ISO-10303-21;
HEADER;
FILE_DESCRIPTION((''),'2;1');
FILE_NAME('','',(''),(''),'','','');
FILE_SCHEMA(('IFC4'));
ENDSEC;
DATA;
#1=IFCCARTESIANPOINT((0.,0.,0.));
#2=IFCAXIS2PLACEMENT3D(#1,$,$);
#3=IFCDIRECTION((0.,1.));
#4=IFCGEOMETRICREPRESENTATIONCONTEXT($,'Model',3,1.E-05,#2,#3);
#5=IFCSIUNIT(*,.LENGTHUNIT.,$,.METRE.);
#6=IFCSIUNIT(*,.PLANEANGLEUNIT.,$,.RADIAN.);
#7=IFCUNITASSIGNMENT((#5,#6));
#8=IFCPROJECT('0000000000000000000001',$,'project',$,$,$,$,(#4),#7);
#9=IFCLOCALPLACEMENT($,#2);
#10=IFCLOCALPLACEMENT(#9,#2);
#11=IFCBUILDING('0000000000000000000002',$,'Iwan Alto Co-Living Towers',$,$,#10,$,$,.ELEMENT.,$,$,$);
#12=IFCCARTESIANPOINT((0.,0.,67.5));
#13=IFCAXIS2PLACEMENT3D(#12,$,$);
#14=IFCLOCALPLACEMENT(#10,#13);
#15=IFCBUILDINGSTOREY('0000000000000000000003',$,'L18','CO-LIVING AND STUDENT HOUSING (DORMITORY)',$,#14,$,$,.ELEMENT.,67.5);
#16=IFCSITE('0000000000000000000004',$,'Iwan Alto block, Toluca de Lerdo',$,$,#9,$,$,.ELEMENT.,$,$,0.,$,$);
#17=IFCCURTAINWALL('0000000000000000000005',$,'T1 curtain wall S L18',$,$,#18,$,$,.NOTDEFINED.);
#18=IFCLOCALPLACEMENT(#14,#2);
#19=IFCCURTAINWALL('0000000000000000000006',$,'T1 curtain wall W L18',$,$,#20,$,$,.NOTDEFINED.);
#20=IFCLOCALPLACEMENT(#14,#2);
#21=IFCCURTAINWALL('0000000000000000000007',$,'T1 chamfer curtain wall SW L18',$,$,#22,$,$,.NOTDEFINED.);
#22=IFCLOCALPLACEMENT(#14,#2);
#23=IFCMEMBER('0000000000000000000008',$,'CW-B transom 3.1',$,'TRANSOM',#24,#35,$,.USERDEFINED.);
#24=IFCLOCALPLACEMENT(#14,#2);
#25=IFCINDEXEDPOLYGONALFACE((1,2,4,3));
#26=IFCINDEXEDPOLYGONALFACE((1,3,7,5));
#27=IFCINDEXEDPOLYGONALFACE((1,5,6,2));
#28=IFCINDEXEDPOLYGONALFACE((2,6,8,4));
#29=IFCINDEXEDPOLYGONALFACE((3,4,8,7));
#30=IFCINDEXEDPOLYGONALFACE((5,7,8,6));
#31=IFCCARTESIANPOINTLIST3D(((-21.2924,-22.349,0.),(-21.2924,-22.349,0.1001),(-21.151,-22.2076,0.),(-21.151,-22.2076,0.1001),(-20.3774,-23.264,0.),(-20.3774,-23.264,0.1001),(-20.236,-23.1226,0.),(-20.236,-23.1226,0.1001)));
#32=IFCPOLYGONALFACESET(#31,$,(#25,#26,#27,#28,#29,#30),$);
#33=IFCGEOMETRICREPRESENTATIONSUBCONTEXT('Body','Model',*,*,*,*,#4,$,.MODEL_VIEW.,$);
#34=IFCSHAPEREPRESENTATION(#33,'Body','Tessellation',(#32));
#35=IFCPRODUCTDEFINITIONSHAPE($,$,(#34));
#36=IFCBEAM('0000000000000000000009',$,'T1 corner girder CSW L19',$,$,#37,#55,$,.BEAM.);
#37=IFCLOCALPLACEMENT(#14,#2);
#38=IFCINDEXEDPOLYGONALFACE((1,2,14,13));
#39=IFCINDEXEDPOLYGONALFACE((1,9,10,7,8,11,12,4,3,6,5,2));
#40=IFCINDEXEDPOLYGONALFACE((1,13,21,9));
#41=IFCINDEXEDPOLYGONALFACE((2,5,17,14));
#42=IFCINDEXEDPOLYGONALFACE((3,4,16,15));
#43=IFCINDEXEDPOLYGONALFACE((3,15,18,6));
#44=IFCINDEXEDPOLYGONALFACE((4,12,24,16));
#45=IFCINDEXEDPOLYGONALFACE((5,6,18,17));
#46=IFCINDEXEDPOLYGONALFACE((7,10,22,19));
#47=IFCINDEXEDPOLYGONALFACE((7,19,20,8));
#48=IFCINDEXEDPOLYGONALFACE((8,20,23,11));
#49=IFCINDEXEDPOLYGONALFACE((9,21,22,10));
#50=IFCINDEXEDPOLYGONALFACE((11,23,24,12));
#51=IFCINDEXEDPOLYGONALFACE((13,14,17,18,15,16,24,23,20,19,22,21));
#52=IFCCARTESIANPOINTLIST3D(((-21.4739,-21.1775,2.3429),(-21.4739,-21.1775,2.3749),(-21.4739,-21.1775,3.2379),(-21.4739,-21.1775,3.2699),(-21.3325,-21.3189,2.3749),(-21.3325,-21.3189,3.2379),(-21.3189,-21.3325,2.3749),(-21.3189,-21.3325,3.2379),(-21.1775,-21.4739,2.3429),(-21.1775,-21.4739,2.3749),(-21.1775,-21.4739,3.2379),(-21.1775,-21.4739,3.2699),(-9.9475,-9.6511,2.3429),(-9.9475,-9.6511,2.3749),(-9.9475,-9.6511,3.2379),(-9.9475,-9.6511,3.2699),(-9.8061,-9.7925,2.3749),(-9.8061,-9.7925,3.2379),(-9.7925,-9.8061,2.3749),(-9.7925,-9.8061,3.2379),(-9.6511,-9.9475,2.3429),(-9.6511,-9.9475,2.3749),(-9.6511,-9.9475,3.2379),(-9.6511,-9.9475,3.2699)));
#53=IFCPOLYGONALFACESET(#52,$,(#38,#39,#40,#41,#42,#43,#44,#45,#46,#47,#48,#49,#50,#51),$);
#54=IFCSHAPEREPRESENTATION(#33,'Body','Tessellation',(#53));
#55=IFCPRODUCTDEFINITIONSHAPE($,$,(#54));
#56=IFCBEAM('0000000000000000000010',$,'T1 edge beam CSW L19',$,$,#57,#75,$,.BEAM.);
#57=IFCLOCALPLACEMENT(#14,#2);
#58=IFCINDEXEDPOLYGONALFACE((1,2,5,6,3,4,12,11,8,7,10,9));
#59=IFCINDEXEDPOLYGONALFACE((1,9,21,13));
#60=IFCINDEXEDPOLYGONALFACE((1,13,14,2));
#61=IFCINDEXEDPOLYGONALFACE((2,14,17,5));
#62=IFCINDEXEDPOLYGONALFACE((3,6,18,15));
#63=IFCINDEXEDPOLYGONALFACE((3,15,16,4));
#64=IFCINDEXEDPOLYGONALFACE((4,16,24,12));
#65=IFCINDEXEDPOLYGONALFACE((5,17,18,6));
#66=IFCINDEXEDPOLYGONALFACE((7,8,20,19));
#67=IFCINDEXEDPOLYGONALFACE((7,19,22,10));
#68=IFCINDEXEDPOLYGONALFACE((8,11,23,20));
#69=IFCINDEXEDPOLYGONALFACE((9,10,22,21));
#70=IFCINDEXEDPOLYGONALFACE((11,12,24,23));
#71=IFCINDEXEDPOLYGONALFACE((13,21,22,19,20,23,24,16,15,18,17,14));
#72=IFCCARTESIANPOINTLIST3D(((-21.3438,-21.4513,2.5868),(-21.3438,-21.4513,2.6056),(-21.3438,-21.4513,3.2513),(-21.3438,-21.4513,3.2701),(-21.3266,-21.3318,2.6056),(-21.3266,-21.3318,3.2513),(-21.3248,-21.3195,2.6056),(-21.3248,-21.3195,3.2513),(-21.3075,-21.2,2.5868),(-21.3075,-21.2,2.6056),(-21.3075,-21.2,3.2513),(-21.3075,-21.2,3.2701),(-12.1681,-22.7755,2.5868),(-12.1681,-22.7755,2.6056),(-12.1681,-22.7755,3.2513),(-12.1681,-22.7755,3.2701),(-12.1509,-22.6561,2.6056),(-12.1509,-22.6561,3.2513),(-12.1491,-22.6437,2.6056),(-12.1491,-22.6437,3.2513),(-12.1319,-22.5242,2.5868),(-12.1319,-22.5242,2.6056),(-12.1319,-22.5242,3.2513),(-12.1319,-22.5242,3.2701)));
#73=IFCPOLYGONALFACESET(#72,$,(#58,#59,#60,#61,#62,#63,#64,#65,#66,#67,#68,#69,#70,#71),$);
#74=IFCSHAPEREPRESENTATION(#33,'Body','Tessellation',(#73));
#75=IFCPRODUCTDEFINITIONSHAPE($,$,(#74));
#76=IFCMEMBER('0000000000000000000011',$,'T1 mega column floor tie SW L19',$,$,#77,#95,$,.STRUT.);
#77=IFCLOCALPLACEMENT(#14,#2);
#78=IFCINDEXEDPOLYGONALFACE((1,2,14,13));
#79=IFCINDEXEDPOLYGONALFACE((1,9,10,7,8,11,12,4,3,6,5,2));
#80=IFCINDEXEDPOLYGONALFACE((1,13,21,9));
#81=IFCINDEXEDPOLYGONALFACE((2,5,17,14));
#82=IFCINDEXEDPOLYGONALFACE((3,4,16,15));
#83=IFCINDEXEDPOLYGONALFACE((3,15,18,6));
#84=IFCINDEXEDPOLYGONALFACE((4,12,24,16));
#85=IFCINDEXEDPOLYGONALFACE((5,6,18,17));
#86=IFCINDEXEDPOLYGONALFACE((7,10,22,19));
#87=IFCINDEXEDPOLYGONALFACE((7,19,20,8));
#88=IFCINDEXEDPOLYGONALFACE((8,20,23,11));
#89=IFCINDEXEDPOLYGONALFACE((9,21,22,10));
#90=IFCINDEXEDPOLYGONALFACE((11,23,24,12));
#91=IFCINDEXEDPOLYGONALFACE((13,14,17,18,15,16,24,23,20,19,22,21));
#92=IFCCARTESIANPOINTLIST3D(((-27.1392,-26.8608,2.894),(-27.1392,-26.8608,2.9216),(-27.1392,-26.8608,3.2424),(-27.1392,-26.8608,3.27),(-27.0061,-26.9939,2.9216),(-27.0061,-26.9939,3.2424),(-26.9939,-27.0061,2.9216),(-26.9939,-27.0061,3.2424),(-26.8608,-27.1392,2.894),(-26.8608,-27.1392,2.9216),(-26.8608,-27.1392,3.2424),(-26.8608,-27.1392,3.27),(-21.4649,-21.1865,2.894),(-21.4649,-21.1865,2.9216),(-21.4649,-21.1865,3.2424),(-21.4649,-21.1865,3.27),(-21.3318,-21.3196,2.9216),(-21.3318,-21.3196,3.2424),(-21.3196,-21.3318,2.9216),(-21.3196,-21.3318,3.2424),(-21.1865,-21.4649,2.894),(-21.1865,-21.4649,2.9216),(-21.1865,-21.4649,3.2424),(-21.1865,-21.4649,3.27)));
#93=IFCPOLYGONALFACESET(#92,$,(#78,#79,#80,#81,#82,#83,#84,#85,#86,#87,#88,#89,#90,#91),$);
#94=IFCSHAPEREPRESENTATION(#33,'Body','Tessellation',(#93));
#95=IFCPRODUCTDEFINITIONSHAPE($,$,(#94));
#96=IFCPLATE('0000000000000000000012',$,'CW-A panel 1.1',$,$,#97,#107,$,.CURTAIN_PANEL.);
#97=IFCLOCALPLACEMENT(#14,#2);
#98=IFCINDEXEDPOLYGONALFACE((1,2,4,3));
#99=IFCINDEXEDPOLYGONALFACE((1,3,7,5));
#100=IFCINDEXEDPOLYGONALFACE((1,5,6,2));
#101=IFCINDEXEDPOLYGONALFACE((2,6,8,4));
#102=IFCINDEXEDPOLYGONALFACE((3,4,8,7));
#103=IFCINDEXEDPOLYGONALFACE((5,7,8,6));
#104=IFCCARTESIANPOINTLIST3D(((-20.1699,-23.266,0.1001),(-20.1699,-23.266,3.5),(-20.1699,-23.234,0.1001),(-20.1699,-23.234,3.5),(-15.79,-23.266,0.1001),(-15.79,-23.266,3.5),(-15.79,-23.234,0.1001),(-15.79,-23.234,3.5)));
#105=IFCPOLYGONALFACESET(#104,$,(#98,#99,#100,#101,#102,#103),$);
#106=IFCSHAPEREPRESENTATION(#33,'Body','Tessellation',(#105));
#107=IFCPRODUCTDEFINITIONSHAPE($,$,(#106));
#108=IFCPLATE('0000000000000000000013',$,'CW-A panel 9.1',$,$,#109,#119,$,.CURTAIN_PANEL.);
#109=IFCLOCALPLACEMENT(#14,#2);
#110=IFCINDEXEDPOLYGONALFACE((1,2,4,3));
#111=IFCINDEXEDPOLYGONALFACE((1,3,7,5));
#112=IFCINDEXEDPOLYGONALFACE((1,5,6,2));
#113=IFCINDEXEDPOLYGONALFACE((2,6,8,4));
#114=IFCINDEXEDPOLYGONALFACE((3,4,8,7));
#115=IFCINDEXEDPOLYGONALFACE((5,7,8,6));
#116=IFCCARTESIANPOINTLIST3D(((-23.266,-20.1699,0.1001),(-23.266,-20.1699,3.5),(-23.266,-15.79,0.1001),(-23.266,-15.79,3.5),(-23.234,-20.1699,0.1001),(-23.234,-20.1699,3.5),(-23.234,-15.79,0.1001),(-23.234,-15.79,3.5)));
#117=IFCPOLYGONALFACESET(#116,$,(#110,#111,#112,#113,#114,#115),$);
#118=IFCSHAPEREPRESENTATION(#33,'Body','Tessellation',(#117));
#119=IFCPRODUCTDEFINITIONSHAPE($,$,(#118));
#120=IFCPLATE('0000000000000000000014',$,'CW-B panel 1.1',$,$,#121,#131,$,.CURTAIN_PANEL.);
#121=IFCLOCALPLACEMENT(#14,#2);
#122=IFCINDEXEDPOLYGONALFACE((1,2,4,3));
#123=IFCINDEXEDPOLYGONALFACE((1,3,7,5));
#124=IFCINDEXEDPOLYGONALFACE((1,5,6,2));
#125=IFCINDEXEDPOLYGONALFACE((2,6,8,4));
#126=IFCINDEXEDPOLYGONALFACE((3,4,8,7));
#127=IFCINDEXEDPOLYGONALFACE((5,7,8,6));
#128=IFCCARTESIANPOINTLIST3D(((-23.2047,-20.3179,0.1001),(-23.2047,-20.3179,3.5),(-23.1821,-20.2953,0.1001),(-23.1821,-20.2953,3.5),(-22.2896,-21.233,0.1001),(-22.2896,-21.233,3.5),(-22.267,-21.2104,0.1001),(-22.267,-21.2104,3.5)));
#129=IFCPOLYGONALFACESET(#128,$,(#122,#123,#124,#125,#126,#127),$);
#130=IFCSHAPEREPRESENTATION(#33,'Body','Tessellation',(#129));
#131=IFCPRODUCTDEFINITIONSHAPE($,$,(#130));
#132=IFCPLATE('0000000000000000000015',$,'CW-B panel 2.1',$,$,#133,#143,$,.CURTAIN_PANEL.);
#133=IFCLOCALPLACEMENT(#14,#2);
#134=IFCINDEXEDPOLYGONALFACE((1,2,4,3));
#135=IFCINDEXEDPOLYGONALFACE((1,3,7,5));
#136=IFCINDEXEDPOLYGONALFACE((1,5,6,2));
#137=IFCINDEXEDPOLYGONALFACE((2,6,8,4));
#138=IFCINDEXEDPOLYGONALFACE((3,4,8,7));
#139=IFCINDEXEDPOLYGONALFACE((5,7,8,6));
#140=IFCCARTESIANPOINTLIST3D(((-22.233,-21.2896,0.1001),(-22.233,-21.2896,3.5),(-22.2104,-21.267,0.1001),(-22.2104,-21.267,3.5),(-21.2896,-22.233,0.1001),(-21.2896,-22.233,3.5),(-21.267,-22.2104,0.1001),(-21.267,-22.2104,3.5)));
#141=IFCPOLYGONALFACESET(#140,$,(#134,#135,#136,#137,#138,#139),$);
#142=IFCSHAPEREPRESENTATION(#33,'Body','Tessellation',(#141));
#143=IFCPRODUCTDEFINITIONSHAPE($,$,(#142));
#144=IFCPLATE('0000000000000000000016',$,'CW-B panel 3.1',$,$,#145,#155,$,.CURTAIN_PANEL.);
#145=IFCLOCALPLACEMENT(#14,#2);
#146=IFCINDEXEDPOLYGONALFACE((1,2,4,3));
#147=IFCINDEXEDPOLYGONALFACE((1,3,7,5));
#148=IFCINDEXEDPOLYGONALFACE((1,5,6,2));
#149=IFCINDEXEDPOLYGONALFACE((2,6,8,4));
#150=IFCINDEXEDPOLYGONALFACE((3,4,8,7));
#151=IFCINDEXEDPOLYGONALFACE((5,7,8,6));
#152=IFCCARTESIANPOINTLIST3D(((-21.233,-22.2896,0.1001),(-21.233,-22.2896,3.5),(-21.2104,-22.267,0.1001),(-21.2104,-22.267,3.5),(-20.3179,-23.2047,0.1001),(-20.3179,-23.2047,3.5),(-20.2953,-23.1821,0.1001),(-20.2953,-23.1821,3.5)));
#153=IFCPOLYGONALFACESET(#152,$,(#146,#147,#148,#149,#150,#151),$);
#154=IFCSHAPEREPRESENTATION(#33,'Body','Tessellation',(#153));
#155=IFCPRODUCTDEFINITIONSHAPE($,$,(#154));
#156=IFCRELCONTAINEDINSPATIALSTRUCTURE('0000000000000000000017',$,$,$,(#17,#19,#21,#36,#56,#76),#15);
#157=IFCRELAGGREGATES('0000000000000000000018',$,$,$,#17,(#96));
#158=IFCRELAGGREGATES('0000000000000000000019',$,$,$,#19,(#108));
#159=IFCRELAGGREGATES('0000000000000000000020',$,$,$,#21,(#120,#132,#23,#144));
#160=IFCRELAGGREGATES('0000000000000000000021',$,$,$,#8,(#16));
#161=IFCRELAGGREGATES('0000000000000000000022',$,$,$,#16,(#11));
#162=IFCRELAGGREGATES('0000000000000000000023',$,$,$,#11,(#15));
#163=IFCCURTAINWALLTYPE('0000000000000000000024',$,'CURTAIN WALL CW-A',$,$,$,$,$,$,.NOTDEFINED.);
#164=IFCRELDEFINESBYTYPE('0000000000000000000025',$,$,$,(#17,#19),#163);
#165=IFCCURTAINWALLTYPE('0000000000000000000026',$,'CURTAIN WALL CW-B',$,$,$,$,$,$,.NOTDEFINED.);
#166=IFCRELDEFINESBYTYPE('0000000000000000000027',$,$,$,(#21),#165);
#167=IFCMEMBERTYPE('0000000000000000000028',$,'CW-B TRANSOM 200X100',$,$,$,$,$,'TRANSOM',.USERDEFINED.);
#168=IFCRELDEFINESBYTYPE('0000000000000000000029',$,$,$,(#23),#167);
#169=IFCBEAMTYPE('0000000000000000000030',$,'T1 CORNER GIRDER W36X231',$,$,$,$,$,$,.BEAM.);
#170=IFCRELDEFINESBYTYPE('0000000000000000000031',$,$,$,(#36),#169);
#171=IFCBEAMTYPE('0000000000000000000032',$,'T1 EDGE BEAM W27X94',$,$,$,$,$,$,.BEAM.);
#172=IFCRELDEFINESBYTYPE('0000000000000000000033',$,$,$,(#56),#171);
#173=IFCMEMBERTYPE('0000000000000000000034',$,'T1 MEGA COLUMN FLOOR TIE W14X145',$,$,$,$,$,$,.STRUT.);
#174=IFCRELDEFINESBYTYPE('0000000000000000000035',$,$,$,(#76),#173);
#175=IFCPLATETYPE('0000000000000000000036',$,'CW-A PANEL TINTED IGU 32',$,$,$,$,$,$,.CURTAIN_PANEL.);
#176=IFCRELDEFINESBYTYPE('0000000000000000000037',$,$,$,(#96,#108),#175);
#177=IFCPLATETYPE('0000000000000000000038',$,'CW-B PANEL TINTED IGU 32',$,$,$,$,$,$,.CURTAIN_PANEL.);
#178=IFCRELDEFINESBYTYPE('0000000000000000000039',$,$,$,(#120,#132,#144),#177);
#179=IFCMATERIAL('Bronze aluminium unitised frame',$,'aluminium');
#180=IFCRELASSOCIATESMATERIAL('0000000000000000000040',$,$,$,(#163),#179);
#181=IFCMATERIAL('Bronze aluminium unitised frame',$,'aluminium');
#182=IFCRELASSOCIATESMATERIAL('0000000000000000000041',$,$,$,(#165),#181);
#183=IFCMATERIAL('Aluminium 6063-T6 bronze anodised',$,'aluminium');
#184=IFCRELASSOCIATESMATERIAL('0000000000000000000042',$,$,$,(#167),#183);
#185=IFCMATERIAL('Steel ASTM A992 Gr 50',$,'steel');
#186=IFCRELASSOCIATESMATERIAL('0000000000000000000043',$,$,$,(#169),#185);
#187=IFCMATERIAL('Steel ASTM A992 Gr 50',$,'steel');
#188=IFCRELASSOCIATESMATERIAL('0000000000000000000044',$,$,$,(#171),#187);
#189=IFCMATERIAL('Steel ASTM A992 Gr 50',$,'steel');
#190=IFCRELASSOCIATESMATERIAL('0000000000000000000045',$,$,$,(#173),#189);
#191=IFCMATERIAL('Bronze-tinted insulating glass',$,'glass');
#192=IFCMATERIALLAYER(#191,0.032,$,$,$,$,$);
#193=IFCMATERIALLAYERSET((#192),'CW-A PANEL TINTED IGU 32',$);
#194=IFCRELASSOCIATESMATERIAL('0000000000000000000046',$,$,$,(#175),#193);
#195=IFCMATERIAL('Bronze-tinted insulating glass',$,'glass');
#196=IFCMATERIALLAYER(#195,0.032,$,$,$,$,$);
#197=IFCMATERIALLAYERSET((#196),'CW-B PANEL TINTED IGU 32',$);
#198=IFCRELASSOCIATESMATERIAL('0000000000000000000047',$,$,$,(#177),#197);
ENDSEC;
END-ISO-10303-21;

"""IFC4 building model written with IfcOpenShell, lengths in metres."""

from ifc_helpers import new_model, si_unit, direction, frame, origin, origin_2d, place, context, subcontext, project, spatial, rectangle, i_section, extrude, material, layer, layer_set, material_profile, profile_set, type_object, element, aggregate, save


model = new_model("IFC4")

# Units and contexts
model_context = context("Model", 3, precision=1e-05, world=origin(), true_north=direction((0.0, 1.0)))
body_context = subcontext(model_context, "Body", "Model", "MODEL_VIEW")
ifc_project = project(units=[si_unit("LENGTHUNIT", "METRE"), si_unit("PLANEANGLEUNIT", "RADIAN")], contexts=[model_context])

# Site, building, storey
site_placement = place(None, origin())
site = spatial("IfcSite", under=ifc_project, at=site_placement, Name="Iwan Alto block, Toluca de Lerdo", CompositionType="ELEMENT", RefElevation=0.0)
building_placement = place(site_placement, origin())
building = spatial("IfcBuilding", under=site, at=building_placement, Name="Iwan Alto Co-Living Towers", CompositionType="ELEMENT")
storey_placement = place(building_placement, frame((0.0, 0.0, 67.5)))
storey = spatial("IfcBuildingStorey", under=building, at=storey_placement, Name="L18", Description="CO-LIVING AND STUDENT HOUSING (DORMITORY)", CompositionType="ELEMENT", Elevation=67.5)

# Curtain wall
ifc_material_1 = material(Name="Bronze aluminium unitised frame", Category="aluminium")
curtain_wall_type_1 = type_object("IfcCurtainWallType", Name="CURTAIN WALL CW-A", PredefinedType="NOTDEFINED", material=ifc_material_1)
curtain_wall_1_placement = place(storey_placement, origin())
curtain_wall_1 = element("IfcCurtainWall", 1, at=curtain_wall_1_placement, inside=storey, type_object=curtain_wall_type_1, Name="T1 curtain wall S L18", PredefinedType="NOTDEFINED")

# Curtain wall
curtain_wall_2_placement = place(storey_placement, origin())
curtain_wall_2 = element("IfcCurtainWall", 2, at=curtain_wall_2_placement, inside=storey, type_object=curtain_wall_type_1, Name="T1 curtain wall W L18", PredefinedType="NOTDEFINED")

# Curtain wall, member
ifc_material_2 = material(Name="Bronze aluminium unitised frame", Category="aluminium")
curtain_wall_type_2 = type_object("IfcCurtainWallType", Name="CURTAIN WALL CW-B", PredefinedType="NOTDEFINED", material=ifc_material_2)
curtain_wall_3_placement = place(storey_placement, origin())
curtain_wall_3 = element("IfcCurtainWall", 3, at=curtain_wall_3_placement, inside=storey, type_object=curtain_wall_type_2, Name="T1 chamfer curtain wall SW L18", PredefinedType="NOTDEFINED")
ifc_material_3 = material(Name="Aluminium 6063-T6 bronze anodised", Category="aluminium")
ifc_material_profile_1 = material_profile(ifc_material_3, rectangle(XDim=0.2, YDim=0.1001, at=origin_2d()), Name="AL 200X100")
ifc_profile_set_1 = profile_set([ifc_material_profile_1], Name="Aluminium 6063-T6 bronze anodised")
member_type_1 = type_object("IfcMemberType", Name="CW-B TRANSOM 200X100", ElementType="TRANSOM", PredefinedType="USERDEFINED", material=ifc_profile_set_1)
member_1_placement = place(storey_placement, frame((-21.2217, -22.2783, 0.05), z_axis=(0.707107, -0.707107, 0.0), x_axis=(0.707107, 0.707107, 0.0)))
member_1 = element("IfcMember", 4, at=member_1_placement, type_object=member_type_1, Name="CW-B transom 3.1", ObjectType="TRANSOM", PredefinedType="USERDEFINED", context=body_context, shape_type="SweptSolid", body=[
    extrude(rectangle(XDim=0.2, YDim=0.1001, at=origin_2d()), origin(), (0.0, 0.0, 1.0), 1.2939),
])

# Beams
ifc_material_4 = material(Name="Steel ASTM A992 Gr 50", Category="steel")
ifc_material_profile_2 = material_profile(ifc_material_4, i_section(OverallWidth=0.4192, OverallDepth=0.927, WebThickness=0.0193, FlangeThickness=0.032, at=origin_2d()), Name="W36X231")
ifc_profile_set_2 = profile_set([ifc_material_profile_2], Name="Steel ASTM A992 Gr 50")
beam_type_1 = type_object("IfcBeamType", Name="T1 CORNER GIRDER W36X231", PredefinedType="BEAM", material=ifc_profile_set_2)
beam_1_placement = place(storey_placement, frame((-21.3257, -21.3257, 2.8064), z_axis=(0.707107, 0.707107, 0.0), x_axis=(-0.707107, 0.707107, 0.0)))
element("IfcBeam", 5, at=beam_1_placement, inside=storey, type_object=beam_type_1, Name="T1 corner girder CSW L19", PredefinedType="BEAM", context=body_context, shape_type="SweptSolid", body=[
    extrude(i_section(OverallWidth=0.4192, OverallDepth=0.927, WebThickness=0.0193, FlangeThickness=0.032, at=origin_2d()), origin(), (0.0, 0.0, 1.0), 16.3008),
])
ifc_material_5 = material(Name="Steel ASTM A992 Gr 50", Category="steel")
ifc_material_profile_3 = material_profile(ifc_material_5, i_section(OverallWidth=0.2539, OverallDepth=0.6833, WebThickness=0.0125, FlangeThickness=0.0188, at=origin_2d()), Name="W27X94")
ifc_profile_set_3 = profile_set([ifc_material_profile_3], Name="Steel ASTM A992 Gr 50")
beam_type_2 = type_object("IfcBeamType", Name="T1 EDGE BEAM W27X94", PredefinedType="BEAM", material=ifc_profile_set_3)
beam_2_placement = place(storey_placement, frame((-21.3257, -21.3257, 2.9285), z_axis=(0.989746, -0.142837, 0.0), x_axis=(0.142837, 0.989746, 0.0)))
element("IfcBeam", 6, at=beam_2_placement, inside=storey, type_object=beam_type_2, Name="T1 edge beam CSW L19", PredefinedType="BEAM", context=body_context, shape_type="SweptSolid", body=[
    extrude(i_section(OverallWidth=0.2539, OverallDepth=0.6833, WebThickness=0.0125, FlangeThickness=0.0188, at=origin_2d()), origin(), (0.0, 0.0, 1.0), 9.2708),
])

# Member
ifc_material_6 = material(Name="Steel ASTM A992 Gr 50", Category="steel")
ifc_material_profile_4 = material_profile(ifc_material_6, i_section(OverallWidth=0.3938, OverallDepth=0.376, WebThickness=0.0173, FlangeThickness=0.0276, at=origin_2d()), Name="W14X145")
ifc_profile_set_4 = profile_set([ifc_material_profile_4], Name="Steel ASTM A992 Gr 50")
member_type_2 = type_object("IfcMemberType", Name="T1 MEGA COLUMN FLOOR TIE W14X145", PredefinedType="STRUT", material=ifc_profile_set_4)
member_2_placement = place(storey_placement, frame((-27.0, -27.0, 3.082), z_axis=(0.707107, 0.707107, 0.0), x_axis=(-0.707107, 0.707107, 0.0)))
element("IfcMember", 7, at=member_2_placement, inside=storey, type_object=member_type_2, Name="T1 mega column floor tie SW L19", PredefinedType="STRUT", context=body_context, shape_type="SweptSolid", body=[
    extrude(i_section(OverallWidth=0.3938, OverallDepth=0.376, WebThickness=0.0173, FlangeThickness=0.0276, at=origin_2d()), origin(), (0.0, 0.0, 1.0), 8.0247),
])

# Plates
ifc_material_7 = material(Name="Bronze-tinted insulating glass", Category="glass")
ifc_layer_1 = layer(ifc_material_7, 0.032)
ifc_layer_set_1 = layer_set([ifc_layer_1], Name="CW-A PANEL TINTED IGU 32")
plate_type_1 = type_object("IfcPlateType", Name="CW-A PANEL TINTED IGU 32", PredefinedType="CURTAIN_PANEL", material=ifc_layer_set_1)
plate_1_placement = place(storey_placement, frame((-17.98, -23.25, 0.1001), z_axis=(0.0, 0.0, 1.0), x_axis=(1.0, 0.0, 0.0)))
plate_1 = element("IfcPlate", 8, at=plate_1_placement, type_object=plate_type_1, Name="CW-A panel 1.1", PredefinedType="CURTAIN_PANEL", context=body_context, shape_type="SweptSolid", body=[
    extrude(rectangle(XDim=4.3799, YDim=0.032, at=origin_2d()), origin(), (0.0, 0.0, 1.0), 3.3999),
])
aggregate(curtain_wall_1, [plate_1])
plate_2_placement = place(storey_placement, frame((-23.25, -17.98, 0.1001), z_axis=(0.0, 0.0, 1.0), x_axis=(0.0, -1.0, 0.0)))
plate_2 = element("IfcPlate", 9, at=plate_2_placement, type_object=plate_type_1, Name="CW-A panel 9.1", PredefinedType="CURTAIN_PANEL", context=body_context, shape_type="SweptSolid", body=[
    extrude(rectangle(XDim=4.3799, YDim=0.032, at=origin_2d()), origin(), (0.0, 0.0, 1.0), 3.3999),
])
aggregate(curtain_wall_2, [plate_2])
ifc_material_8 = material(Name="Bronze-tinted insulating glass", Category="glass")
ifc_layer_2 = layer(ifc_material_8, 0.032)
ifc_layer_set_2 = layer_set([ifc_layer_2], Name="CW-B PANEL TINTED IGU 32")
plate_type_2 = type_object("IfcPlateType", Name="CW-B PANEL TINTED IGU 32", PredefinedType="CURTAIN_PANEL", material=ifc_layer_set_2)
plate_3_placement = place(storey_placement, frame((-22.7358, -20.7642, 0.1001), z_axis=(0.0, 0.0, 1.0), x_axis=(0.707107, -0.707107, 0.0)))
plate_3 = element("IfcPlate", 10, at=plate_3_placement, type_object=plate_type_2, Name="CW-B panel 1.1", PredefinedType="CURTAIN_PANEL", context=body_context, shape_type="SweptSolid", body=[
    extrude(rectangle(XDim=1.2942, YDim=0.032, at=origin_2d()), origin(), (0.0, 0.0, 1.0), 3.3999),
])
plate_4_placement = place(storey_placement, frame((-21.75, -21.75, 0.1001), z_axis=(0.0, 0.0, 1.0), x_axis=(0.707107, -0.707107, 0.0)))
plate_4 = element("IfcPlate", 11, at=plate_4_placement, type_object=plate_type_2, Name="CW-B panel 2.1", PredefinedType="CURTAIN_PANEL", context=body_context, shape_type="SweptSolid", body=[
    extrude(rectangle(XDim=1.3342, YDim=0.032, at=origin_2d()), origin(), (0.0, 0.0, 1.0), 3.3999),
])
plate_5_placement = place(storey_placement, frame((-20.7642, -22.7358, 0.1001), z_axis=(0.0, 0.0, 1.0), x_axis=(0.707107, -0.707107, 0.0)))
plate_5 = element("IfcPlate", 12, at=plate_5_placement, type_object=plate_type_2, Name="CW-B panel 3.1", PredefinedType="CURTAIN_PANEL", context=body_context, shape_type="SweptSolid", body=[
    extrude(rectangle(XDim=1.2942, YDim=0.032, at=origin_2d()), origin(), (0.0, 0.0, 1.0), 3.3999),
])
aggregate(curtain_wall_3, [plate_3, plate_4, member_1, plate_5])

save(model, "model.ifc")
